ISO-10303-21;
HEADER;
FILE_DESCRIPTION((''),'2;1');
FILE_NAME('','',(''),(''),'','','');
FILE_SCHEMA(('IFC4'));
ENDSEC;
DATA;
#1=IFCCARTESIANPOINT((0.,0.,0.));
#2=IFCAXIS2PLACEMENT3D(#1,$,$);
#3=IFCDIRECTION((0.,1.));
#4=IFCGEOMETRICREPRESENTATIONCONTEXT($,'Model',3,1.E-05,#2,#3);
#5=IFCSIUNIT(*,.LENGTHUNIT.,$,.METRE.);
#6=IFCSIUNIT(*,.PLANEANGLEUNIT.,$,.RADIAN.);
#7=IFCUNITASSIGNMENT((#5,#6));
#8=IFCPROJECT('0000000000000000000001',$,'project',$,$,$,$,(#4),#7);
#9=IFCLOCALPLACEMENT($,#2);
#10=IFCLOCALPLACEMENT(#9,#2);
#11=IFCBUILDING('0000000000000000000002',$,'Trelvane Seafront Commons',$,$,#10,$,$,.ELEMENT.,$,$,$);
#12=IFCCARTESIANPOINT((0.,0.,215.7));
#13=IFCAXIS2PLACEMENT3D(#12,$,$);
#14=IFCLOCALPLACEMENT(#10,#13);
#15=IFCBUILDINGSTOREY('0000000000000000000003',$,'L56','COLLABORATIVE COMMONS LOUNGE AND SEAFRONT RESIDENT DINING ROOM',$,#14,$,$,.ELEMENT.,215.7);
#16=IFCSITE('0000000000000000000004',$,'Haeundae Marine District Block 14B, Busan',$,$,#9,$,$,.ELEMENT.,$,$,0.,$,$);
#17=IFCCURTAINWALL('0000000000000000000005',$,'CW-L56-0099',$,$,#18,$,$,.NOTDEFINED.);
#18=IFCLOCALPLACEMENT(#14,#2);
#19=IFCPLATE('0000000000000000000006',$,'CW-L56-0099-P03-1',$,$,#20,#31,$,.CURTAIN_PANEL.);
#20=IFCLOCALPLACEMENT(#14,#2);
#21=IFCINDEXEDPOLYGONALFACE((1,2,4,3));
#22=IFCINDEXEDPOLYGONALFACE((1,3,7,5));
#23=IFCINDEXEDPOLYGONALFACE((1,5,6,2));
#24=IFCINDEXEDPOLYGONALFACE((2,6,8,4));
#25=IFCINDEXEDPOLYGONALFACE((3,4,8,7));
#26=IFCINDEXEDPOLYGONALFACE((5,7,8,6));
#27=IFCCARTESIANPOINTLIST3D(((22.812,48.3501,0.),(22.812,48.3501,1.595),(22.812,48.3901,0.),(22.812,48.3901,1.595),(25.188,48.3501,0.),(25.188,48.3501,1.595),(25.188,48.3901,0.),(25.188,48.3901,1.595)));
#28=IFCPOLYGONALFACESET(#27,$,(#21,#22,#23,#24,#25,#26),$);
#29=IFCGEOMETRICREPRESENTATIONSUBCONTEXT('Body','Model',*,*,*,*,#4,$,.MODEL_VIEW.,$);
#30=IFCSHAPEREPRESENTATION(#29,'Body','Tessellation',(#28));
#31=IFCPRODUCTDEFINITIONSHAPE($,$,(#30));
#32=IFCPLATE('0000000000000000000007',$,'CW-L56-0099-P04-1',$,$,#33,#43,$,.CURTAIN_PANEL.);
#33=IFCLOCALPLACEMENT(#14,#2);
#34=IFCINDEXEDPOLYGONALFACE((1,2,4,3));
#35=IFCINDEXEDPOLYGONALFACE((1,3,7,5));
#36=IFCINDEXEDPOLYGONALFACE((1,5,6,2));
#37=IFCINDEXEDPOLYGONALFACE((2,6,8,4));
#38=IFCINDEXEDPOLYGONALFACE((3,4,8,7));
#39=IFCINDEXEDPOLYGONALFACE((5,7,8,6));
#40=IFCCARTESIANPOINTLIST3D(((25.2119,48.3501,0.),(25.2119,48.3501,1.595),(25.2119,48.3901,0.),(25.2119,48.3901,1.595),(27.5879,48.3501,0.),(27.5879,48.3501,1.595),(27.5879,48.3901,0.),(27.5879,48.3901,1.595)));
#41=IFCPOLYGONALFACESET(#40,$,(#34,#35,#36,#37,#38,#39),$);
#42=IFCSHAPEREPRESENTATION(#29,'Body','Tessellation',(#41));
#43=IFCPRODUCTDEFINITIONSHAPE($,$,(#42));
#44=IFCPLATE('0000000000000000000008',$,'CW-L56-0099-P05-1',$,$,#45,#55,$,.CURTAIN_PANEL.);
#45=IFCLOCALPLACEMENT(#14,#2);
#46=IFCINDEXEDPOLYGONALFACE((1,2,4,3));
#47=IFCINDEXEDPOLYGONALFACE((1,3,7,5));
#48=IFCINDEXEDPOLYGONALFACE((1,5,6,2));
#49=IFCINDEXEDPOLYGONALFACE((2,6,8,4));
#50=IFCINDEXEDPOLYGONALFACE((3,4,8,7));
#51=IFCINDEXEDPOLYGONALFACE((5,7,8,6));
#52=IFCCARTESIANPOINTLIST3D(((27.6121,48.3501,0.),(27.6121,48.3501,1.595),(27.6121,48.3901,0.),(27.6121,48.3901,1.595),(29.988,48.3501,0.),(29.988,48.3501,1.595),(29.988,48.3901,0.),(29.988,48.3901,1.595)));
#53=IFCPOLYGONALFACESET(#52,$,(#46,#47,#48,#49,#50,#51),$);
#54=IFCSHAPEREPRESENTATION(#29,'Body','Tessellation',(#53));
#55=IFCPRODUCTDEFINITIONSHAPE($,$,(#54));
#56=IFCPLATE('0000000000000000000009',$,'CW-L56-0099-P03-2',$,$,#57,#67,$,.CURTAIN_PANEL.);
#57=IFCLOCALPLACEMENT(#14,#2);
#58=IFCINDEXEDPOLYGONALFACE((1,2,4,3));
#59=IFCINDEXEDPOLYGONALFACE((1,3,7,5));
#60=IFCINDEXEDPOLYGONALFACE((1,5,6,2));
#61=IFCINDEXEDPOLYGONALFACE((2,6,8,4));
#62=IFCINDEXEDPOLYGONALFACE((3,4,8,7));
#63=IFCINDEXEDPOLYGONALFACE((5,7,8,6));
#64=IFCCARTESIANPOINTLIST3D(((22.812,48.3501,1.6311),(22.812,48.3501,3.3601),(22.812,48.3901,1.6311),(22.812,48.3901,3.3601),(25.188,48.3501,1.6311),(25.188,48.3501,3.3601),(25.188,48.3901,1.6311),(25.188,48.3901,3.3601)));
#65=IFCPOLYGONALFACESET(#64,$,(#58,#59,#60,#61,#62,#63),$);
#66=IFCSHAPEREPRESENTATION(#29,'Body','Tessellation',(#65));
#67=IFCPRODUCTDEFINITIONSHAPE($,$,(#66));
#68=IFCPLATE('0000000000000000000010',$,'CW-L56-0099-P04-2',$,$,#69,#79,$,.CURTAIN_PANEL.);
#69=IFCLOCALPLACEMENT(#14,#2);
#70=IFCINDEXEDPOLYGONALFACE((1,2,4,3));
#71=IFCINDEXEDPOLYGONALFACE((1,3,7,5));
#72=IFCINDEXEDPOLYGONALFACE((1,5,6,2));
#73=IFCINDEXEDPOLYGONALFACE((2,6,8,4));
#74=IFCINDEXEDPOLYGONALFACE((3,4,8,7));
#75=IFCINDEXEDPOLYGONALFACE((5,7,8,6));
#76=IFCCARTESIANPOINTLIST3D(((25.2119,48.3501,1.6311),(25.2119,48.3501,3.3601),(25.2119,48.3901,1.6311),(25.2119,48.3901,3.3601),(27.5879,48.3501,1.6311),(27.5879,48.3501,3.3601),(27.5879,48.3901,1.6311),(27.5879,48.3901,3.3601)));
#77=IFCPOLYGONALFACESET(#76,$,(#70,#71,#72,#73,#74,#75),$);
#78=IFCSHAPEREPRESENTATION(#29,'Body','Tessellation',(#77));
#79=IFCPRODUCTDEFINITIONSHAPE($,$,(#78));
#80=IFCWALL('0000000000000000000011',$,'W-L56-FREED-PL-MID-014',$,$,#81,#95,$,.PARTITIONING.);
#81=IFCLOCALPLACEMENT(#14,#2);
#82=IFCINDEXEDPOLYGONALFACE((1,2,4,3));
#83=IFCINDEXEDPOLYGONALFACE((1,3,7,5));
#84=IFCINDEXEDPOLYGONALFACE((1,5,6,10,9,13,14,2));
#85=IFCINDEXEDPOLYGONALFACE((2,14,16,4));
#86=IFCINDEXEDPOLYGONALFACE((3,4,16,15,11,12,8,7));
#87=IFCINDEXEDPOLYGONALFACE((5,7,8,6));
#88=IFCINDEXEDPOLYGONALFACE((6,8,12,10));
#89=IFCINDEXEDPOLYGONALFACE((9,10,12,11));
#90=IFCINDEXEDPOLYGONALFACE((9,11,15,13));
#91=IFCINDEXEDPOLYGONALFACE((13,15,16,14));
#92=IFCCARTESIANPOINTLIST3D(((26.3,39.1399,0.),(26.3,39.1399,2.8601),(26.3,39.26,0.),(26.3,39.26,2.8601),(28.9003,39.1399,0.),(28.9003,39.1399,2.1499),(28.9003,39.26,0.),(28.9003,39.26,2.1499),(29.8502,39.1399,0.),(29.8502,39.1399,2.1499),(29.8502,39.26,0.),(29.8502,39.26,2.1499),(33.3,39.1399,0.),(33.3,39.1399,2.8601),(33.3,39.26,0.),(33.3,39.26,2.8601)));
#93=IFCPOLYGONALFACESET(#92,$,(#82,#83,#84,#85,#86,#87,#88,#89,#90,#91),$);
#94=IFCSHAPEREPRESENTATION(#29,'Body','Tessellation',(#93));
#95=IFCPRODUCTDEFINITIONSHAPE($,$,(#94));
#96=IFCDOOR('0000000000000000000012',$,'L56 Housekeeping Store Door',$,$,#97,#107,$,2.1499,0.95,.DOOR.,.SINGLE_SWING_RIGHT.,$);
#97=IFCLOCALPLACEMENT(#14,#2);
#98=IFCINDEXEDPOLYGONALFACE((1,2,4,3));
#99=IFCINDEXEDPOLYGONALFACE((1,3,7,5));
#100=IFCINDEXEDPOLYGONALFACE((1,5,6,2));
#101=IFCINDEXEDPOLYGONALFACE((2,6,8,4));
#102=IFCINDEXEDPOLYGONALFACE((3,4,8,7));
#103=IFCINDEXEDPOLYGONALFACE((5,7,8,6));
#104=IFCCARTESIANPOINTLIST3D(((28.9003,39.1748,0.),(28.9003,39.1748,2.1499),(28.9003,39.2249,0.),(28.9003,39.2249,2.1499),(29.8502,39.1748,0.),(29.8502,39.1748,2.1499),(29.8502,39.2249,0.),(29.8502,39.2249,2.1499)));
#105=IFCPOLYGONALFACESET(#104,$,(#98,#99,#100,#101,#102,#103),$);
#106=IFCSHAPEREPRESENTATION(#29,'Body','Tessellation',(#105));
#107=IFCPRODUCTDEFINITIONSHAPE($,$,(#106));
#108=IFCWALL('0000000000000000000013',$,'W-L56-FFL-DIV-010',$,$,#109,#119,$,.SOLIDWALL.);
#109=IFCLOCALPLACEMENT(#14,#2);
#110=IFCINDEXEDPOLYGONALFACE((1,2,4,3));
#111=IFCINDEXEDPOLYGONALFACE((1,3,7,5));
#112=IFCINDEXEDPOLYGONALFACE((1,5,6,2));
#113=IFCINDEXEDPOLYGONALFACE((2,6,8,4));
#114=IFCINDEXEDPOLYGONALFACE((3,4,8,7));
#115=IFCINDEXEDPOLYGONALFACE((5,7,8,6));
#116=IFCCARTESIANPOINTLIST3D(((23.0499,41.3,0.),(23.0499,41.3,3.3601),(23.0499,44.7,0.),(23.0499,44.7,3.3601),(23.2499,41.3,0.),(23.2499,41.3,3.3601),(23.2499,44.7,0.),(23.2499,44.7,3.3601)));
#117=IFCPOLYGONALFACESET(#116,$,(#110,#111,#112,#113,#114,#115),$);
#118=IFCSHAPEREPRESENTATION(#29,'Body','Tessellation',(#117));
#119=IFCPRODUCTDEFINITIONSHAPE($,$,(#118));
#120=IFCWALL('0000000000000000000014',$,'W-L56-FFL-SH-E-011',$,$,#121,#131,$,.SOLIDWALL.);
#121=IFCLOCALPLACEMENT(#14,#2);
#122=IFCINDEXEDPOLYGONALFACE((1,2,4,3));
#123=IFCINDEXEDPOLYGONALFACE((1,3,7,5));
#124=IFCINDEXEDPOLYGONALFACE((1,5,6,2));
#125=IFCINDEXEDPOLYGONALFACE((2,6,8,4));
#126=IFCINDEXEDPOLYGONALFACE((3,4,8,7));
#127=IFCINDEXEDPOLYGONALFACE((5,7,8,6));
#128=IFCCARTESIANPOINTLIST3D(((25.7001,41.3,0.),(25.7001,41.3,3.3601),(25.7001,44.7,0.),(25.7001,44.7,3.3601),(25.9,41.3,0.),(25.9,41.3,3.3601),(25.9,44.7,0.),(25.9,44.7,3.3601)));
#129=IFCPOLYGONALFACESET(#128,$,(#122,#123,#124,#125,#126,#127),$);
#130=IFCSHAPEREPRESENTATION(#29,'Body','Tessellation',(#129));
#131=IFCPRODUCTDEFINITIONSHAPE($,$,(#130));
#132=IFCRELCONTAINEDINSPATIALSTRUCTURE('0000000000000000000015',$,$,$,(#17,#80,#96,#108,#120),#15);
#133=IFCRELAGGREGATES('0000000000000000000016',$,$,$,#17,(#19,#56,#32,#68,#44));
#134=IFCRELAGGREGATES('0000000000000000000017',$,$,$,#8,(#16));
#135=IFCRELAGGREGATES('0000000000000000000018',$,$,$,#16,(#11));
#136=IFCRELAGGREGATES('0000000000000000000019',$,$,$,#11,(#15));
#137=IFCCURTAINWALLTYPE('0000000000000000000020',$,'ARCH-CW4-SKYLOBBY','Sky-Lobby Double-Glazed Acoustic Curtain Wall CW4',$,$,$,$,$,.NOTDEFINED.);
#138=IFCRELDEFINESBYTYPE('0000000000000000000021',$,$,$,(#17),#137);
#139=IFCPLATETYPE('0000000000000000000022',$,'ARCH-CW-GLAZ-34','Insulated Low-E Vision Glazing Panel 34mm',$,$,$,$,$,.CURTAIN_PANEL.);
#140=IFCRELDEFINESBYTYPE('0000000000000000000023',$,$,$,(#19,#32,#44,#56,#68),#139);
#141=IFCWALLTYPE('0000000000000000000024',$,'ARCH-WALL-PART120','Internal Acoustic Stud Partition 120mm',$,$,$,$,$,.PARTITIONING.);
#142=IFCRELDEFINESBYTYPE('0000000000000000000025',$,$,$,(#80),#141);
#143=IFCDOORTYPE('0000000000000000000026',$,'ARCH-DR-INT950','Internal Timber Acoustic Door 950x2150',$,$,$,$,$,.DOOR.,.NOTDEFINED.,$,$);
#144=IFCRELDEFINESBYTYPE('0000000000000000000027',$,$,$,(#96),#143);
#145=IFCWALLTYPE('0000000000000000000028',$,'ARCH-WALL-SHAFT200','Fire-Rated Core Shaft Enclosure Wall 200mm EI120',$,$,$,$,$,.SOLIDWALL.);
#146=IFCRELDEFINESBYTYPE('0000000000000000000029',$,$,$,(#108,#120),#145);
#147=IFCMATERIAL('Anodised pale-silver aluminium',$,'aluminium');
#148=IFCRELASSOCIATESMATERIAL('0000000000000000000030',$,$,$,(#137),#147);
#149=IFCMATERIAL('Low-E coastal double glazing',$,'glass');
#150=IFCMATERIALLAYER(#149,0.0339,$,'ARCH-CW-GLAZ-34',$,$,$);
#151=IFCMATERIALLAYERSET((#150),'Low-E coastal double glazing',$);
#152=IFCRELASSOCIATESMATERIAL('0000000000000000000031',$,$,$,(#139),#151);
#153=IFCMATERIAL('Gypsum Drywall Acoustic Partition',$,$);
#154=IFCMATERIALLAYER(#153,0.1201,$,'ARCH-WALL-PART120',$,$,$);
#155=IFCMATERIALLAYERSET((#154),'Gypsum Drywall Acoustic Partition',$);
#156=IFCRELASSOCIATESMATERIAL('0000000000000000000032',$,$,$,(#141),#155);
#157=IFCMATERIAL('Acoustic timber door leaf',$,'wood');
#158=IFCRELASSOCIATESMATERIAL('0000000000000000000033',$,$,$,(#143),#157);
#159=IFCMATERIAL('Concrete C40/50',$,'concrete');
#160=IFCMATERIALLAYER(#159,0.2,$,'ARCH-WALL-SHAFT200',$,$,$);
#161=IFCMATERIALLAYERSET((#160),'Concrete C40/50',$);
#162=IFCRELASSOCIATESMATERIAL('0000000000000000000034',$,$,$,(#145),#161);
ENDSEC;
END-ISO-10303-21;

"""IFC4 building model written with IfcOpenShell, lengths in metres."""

from ifc_helpers import new_model, si_unit, direction, frame, frame_2d, origin, origin_2d, place, context, subcontext, project, spatial, rectangle, extrude, source, transform, mapped, material, layer, layer_set, type_object, element, fill, aggregate, save


model = new_model("IFC4")

# Units and contexts
model_context = context("Model", 3, precision=1e-05, world=origin(), true_north=direction((0.0, 1.0)))
body_context = subcontext(model_context, "Body", "Model", "MODEL_VIEW")
ifc_project = project(units=[si_unit("LENGTHUNIT", "METRE"), si_unit("PLANEANGLEUNIT", "RADIAN")], contexts=[model_context])

# Site, building, storey
site_placement = place(None, origin())
site = spatial("IfcSite", under=ifc_project, at=site_placement, Name="Haeundae Marine District Block 14B, Busan", CompositionType="ELEMENT", RefElevation=0.0)
building_placement = place(site_placement, origin())
building = spatial("IfcBuilding", under=site, at=building_placement, Name="Trelvane Seafront Commons", CompositionType="ELEMENT")
storey_placement = place(building_placement, frame((0.0, 0.0, 215.7)))
storey = spatial("IfcBuildingStorey", under=building, at=storey_placement, Name="L56", Description="COLLABORATIVE COMMONS LOUNGE AND SEAFRONT RESIDENT DINING ROOM", CompositionType="ELEMENT", Elevation=215.7)

# Curtain wall
ifc_material_1 = material(Name="Anodised pale-silver aluminium", Category="aluminium")
curtain_wall_type = type_object("IfcCurtainWallType", Name="ARCH-CW4-SKYLOBBY", Description="Sky-Lobby Double-Glazed Acoustic Curtain Wall CW4", PredefinedType="NOTDEFINED", material=ifc_material_1)
curtain_wall_placement = place(storey_placement, origin())
curtain_wall = element("IfcCurtainWall", 1, at=curtain_wall_placement, inside=storey, type_object=curtain_wall_type, Name="CW-L56-0099", PredefinedType="NOTDEFINED")

# Plates
ifc_material_2 = material(Name="Low-E coastal double glazing", Category="glass")
ifc_layer_1 = layer(ifc_material_2, 0.0339, Name="ARCH-CW-GLAZ-34")
ifc_layer_set_1 = layer_set([ifc_layer_1], Name="Low-E coastal double glazing")
plate_type_1 = type_object("IfcPlateType", Name="ARCH-CW-GLAZ-34", Description="Insulated Low-E Vision Glazing Panel 34mm", PredefinedType="CURTAIN_PANEL", material=ifc_layer_set_1)
shared_shape_1 = source(origin(), body_context, "Body", "SweptSolid", [
    extrude(rectangle(XDim=2.376, YDim=0.04, at=origin_2d()), origin(), (0.0, 0.0, 1.0), 1.595),
])
plate_1_placement = place(storey_placement, frame((24.0, 48.3701, 0.0), z_axis=(0.0, 0.0, 1.0), x_axis=(1.0, 0.0, 0.0)))
plate_1 = element("IfcPlate", 2, at=plate_1_placement, type_object=plate_type_1, Name="CW-L56-0099-P03-1", PredefinedType="CURTAIN_PANEL", context=body_context, shape_type="MappedRepresentation", body=[
    mapped(shared_shape_1, transform((0.0, 0.0, 0.0), x_axis=(1.0, 0.0, 0.0), y_axis=(0.0, 1.0, 0.0), z_axis=(0.0, 0.0, 1.0), scale=1.0)),
])
plate_2_placement = place(storey_placement, frame((26.3999, 48.3701, 0.0), z_axis=(0.0, 0.0, 1.0), x_axis=(1.0, 0.0, 0.0)))
plate_2 = element("IfcPlate", 3, at=plate_2_placement, type_object=plate_type_1, Name="CW-L56-0099-P04-1", PredefinedType="CURTAIN_PANEL", context=body_context, shape_type="MappedRepresentation", body=[
    mapped(shared_shape_1, transform((0.0, 0.0, 0.0), x_axis=(1.0, 0.0, 0.0), y_axis=(0.0, 1.0, 0.0), z_axis=(0.0, 0.0, 1.0), scale=1.0)),
])
plate_3_placement = place(storey_placement, frame((28.8, 48.3701, 0.0), z_axis=(0.0, 0.0, 1.0), x_axis=(1.0, 0.0, 0.0)))
plate_3 = element("IfcPlate", 4, at=plate_3_placement, type_object=plate_type_1, Name="CW-L56-0099-P05-1", PredefinedType="CURTAIN_PANEL", context=body_context, shape_type="MappedRepresentation", body=[
    mapped(shared_shape_1, transform((0.0, 0.0, 0.0), x_axis=(1.0, 0.0, 0.0), y_axis=(0.0, 1.0, 0.0), z_axis=(0.0, 0.0, 1.0), scale=1.0)),
])
shared_shape_2 = source(origin(), body_context, "Body", "SweptSolid", [
    extrude(rectangle(XDim=2.376, YDim=0.04, at=origin_2d()), origin(), (0.0, 0.0, 1.0), 1.729),
])
plate_4_placement = place(storey_placement, frame((24.0, 48.3701, 1.6311), z_axis=(0.0, 0.0, 1.0), x_axis=(1.0, 0.0, 0.0)))
plate_4 = element("IfcPlate", 5, at=plate_4_placement, type_object=plate_type_1, Name="CW-L56-0099-P03-2", PredefinedType="CURTAIN_PANEL", context=body_context, shape_type="MappedRepresentation", body=[
    mapped(shared_shape_2, transform((0.0, 0.0, 0.0), x_axis=(1.0, 0.0, 0.0), y_axis=(0.0, 1.0, 0.0), z_axis=(0.0, 0.0, 1.0), scale=1.0)),
])
plate_5_placement = place(storey_placement, frame((26.3999, 48.3701, 1.6311), z_axis=(0.0, 0.0, 1.0), x_axis=(1.0, 0.0, 0.0)))
plate_5 = element("IfcPlate", 6, at=plate_5_placement, type_object=plate_type_1, Name="CW-L56-0099-P04-2", PredefinedType="CURTAIN_PANEL", context=body_context, shape_type="MappedRepresentation", body=[
    mapped(shared_shape_2, transform((0.0, 0.0, 0.0), x_axis=(1.0, 0.0, 0.0), y_axis=(0.0, 1.0, 0.0), z_axis=(0.0, 0.0, 1.0), scale=1.0)),
])
aggregate(curtain_wall, [plate_1, plate_4, plate_2, plate_5, plate_3])

# Wall, opening, door
ifc_material_3 = material(Name="Gypsum Drywall Acoustic Partition")
ifc_layer_2 = layer(ifc_material_3, 0.1201, Name="ARCH-WALL-PART120")
ifc_layer_set_2 = layer_set([ifc_layer_2], Name="Gypsum Drywall Acoustic Partition")
wall_type_1 = type_object("IfcWallType", Name="ARCH-WALL-PART120", Description="Internal Acoustic Stud Partition 120mm", PredefinedType="PARTITIONING", material=ifc_layer_set_2)
wall_placement = place(storey_placement, frame((26.3, 39.2, 0.0), z_axis=(0.0, 0.0, 1.0), x_axis=(1.0, 0.0, 0.0)))
wall = element("IfcWall", 7, at=wall_placement, inside=storey, type_object=wall_type_1, Name="W-L56-FREED-PL-MID-014", PredefinedType="PARTITIONING", context=body_context, shape_type="SweptSolid", body=[
    extrude(rectangle(XDim=7.0, YDim=0.1201, at=frame_2d((3.5, 0.0))), origin(), (0.0, 0.0, 1.0), 2.8601),
])
opening_placement = place(wall_placement, frame((2.6001, 0.0, 0.0)))
opening = element("IfcOpeningElement", 8, at=opening_placement, cuts=wall, PredefinedType="OPENING", context=body_context, shape_type="SweptSolid", body=[
    extrude(rectangle(XDim=0.95, YDim=2.1499, at=frame_2d((0.4751, 1.075))), frame((0.0, 0.0701, 0.0), z_axis=(0.0, -1.0, 0.0), x_axis=(1.0, 0.0, 0.0)), (0.0, 0.0, 1.0), 0.1401),
])
ifc_material_4 = material(Name="Acoustic timber door leaf", Category="wood")
door_type = type_object("IfcDoorType", Name="ARCH-DR-INT950", Description="Internal Timber Acoustic Door 950x2150", OperationType="NOTDEFINED", PredefinedType="DOOR", material=ifc_material_4)
shared_shape_3 = source(origin(), body_context, "Body", "SweptSolid", [
    extrude(rectangle(XDim=0.95, YDim=2.1499, at=frame_2d((0.4751, 1.075))), frame((0.0, 0.0249, 0.0), z_axis=(0.0, -1.0, 0.0), x_axis=(1.0, 0.0, 0.0)), (0.0, 0.0, 1.0), 0.05),
])
door_placement = place(opening_placement, origin())
door = element("IfcDoor", 9, at=door_placement, inside=storey, type_object=door_type, Name="L56 Housekeeping Store Door", OperationType="SINGLE_SWING_RIGHT", OverallHeight=2.1499, OverallWidth=0.95, PredefinedType="DOOR", context=body_context, shape_type="MappedRepresentation", body=[
    mapped(shared_shape_3, transform((0.0, 0.0, 0.0), x_axis=(1.0, 0.0, 0.0), y_axis=(0.0, 1.0, 0.0), z_axis=(0.0, 0.0, 1.0), scale=1.0)),
])
fill(opening, door)

# Walls
ifc_material_5 = material(Name="Concrete C40/50", Category="concrete")
ifc_layer_3 = layer(ifc_material_5, 0.2, Name="ARCH-WALL-SHAFT200")
ifc_layer_set_3 = layer_set([ifc_layer_3], Name="Concrete C40/50")
wall_type_2 = type_object("IfcWallType", Name="ARCH-WALL-SHAFT200", Description="Fire-Rated Core Shaft Enclosure Wall 200mm EI120", PredefinedType="SOLIDWALL", material=ifc_layer_set_3)
for number, where, z_axis, x_axis, name in (
    (10, (23.1499, 41.3, 0.0), (0.0, 0.0, 1.0), (0.0, 1.0, 0.0), "W-L56-FFL-DIV-010"),
    (11, (25.8, 41.3, 0.0), (0.0, 0.0, 1.0), (0.0, 1.0, 0.0), "W-L56-FFL-SH-E-011"),
):
    element("IfcWall", number, at=place(storey_placement, frame(where, z_axis=z_axis, x_axis=x_axis)), inside=storey, type_object=wall_type_2, Name=name, PredefinedType="SOLIDWALL", context=body_context, shape_type="SweptSolid", body=[
        extrude(rectangle(XDim=3.3999, YDim=0.2, at=frame_2d((1.7, 0.0))), origin(), (0.0, 0.0, 1.0), 3.3601),
    ])

save(model, "model.ifc")
